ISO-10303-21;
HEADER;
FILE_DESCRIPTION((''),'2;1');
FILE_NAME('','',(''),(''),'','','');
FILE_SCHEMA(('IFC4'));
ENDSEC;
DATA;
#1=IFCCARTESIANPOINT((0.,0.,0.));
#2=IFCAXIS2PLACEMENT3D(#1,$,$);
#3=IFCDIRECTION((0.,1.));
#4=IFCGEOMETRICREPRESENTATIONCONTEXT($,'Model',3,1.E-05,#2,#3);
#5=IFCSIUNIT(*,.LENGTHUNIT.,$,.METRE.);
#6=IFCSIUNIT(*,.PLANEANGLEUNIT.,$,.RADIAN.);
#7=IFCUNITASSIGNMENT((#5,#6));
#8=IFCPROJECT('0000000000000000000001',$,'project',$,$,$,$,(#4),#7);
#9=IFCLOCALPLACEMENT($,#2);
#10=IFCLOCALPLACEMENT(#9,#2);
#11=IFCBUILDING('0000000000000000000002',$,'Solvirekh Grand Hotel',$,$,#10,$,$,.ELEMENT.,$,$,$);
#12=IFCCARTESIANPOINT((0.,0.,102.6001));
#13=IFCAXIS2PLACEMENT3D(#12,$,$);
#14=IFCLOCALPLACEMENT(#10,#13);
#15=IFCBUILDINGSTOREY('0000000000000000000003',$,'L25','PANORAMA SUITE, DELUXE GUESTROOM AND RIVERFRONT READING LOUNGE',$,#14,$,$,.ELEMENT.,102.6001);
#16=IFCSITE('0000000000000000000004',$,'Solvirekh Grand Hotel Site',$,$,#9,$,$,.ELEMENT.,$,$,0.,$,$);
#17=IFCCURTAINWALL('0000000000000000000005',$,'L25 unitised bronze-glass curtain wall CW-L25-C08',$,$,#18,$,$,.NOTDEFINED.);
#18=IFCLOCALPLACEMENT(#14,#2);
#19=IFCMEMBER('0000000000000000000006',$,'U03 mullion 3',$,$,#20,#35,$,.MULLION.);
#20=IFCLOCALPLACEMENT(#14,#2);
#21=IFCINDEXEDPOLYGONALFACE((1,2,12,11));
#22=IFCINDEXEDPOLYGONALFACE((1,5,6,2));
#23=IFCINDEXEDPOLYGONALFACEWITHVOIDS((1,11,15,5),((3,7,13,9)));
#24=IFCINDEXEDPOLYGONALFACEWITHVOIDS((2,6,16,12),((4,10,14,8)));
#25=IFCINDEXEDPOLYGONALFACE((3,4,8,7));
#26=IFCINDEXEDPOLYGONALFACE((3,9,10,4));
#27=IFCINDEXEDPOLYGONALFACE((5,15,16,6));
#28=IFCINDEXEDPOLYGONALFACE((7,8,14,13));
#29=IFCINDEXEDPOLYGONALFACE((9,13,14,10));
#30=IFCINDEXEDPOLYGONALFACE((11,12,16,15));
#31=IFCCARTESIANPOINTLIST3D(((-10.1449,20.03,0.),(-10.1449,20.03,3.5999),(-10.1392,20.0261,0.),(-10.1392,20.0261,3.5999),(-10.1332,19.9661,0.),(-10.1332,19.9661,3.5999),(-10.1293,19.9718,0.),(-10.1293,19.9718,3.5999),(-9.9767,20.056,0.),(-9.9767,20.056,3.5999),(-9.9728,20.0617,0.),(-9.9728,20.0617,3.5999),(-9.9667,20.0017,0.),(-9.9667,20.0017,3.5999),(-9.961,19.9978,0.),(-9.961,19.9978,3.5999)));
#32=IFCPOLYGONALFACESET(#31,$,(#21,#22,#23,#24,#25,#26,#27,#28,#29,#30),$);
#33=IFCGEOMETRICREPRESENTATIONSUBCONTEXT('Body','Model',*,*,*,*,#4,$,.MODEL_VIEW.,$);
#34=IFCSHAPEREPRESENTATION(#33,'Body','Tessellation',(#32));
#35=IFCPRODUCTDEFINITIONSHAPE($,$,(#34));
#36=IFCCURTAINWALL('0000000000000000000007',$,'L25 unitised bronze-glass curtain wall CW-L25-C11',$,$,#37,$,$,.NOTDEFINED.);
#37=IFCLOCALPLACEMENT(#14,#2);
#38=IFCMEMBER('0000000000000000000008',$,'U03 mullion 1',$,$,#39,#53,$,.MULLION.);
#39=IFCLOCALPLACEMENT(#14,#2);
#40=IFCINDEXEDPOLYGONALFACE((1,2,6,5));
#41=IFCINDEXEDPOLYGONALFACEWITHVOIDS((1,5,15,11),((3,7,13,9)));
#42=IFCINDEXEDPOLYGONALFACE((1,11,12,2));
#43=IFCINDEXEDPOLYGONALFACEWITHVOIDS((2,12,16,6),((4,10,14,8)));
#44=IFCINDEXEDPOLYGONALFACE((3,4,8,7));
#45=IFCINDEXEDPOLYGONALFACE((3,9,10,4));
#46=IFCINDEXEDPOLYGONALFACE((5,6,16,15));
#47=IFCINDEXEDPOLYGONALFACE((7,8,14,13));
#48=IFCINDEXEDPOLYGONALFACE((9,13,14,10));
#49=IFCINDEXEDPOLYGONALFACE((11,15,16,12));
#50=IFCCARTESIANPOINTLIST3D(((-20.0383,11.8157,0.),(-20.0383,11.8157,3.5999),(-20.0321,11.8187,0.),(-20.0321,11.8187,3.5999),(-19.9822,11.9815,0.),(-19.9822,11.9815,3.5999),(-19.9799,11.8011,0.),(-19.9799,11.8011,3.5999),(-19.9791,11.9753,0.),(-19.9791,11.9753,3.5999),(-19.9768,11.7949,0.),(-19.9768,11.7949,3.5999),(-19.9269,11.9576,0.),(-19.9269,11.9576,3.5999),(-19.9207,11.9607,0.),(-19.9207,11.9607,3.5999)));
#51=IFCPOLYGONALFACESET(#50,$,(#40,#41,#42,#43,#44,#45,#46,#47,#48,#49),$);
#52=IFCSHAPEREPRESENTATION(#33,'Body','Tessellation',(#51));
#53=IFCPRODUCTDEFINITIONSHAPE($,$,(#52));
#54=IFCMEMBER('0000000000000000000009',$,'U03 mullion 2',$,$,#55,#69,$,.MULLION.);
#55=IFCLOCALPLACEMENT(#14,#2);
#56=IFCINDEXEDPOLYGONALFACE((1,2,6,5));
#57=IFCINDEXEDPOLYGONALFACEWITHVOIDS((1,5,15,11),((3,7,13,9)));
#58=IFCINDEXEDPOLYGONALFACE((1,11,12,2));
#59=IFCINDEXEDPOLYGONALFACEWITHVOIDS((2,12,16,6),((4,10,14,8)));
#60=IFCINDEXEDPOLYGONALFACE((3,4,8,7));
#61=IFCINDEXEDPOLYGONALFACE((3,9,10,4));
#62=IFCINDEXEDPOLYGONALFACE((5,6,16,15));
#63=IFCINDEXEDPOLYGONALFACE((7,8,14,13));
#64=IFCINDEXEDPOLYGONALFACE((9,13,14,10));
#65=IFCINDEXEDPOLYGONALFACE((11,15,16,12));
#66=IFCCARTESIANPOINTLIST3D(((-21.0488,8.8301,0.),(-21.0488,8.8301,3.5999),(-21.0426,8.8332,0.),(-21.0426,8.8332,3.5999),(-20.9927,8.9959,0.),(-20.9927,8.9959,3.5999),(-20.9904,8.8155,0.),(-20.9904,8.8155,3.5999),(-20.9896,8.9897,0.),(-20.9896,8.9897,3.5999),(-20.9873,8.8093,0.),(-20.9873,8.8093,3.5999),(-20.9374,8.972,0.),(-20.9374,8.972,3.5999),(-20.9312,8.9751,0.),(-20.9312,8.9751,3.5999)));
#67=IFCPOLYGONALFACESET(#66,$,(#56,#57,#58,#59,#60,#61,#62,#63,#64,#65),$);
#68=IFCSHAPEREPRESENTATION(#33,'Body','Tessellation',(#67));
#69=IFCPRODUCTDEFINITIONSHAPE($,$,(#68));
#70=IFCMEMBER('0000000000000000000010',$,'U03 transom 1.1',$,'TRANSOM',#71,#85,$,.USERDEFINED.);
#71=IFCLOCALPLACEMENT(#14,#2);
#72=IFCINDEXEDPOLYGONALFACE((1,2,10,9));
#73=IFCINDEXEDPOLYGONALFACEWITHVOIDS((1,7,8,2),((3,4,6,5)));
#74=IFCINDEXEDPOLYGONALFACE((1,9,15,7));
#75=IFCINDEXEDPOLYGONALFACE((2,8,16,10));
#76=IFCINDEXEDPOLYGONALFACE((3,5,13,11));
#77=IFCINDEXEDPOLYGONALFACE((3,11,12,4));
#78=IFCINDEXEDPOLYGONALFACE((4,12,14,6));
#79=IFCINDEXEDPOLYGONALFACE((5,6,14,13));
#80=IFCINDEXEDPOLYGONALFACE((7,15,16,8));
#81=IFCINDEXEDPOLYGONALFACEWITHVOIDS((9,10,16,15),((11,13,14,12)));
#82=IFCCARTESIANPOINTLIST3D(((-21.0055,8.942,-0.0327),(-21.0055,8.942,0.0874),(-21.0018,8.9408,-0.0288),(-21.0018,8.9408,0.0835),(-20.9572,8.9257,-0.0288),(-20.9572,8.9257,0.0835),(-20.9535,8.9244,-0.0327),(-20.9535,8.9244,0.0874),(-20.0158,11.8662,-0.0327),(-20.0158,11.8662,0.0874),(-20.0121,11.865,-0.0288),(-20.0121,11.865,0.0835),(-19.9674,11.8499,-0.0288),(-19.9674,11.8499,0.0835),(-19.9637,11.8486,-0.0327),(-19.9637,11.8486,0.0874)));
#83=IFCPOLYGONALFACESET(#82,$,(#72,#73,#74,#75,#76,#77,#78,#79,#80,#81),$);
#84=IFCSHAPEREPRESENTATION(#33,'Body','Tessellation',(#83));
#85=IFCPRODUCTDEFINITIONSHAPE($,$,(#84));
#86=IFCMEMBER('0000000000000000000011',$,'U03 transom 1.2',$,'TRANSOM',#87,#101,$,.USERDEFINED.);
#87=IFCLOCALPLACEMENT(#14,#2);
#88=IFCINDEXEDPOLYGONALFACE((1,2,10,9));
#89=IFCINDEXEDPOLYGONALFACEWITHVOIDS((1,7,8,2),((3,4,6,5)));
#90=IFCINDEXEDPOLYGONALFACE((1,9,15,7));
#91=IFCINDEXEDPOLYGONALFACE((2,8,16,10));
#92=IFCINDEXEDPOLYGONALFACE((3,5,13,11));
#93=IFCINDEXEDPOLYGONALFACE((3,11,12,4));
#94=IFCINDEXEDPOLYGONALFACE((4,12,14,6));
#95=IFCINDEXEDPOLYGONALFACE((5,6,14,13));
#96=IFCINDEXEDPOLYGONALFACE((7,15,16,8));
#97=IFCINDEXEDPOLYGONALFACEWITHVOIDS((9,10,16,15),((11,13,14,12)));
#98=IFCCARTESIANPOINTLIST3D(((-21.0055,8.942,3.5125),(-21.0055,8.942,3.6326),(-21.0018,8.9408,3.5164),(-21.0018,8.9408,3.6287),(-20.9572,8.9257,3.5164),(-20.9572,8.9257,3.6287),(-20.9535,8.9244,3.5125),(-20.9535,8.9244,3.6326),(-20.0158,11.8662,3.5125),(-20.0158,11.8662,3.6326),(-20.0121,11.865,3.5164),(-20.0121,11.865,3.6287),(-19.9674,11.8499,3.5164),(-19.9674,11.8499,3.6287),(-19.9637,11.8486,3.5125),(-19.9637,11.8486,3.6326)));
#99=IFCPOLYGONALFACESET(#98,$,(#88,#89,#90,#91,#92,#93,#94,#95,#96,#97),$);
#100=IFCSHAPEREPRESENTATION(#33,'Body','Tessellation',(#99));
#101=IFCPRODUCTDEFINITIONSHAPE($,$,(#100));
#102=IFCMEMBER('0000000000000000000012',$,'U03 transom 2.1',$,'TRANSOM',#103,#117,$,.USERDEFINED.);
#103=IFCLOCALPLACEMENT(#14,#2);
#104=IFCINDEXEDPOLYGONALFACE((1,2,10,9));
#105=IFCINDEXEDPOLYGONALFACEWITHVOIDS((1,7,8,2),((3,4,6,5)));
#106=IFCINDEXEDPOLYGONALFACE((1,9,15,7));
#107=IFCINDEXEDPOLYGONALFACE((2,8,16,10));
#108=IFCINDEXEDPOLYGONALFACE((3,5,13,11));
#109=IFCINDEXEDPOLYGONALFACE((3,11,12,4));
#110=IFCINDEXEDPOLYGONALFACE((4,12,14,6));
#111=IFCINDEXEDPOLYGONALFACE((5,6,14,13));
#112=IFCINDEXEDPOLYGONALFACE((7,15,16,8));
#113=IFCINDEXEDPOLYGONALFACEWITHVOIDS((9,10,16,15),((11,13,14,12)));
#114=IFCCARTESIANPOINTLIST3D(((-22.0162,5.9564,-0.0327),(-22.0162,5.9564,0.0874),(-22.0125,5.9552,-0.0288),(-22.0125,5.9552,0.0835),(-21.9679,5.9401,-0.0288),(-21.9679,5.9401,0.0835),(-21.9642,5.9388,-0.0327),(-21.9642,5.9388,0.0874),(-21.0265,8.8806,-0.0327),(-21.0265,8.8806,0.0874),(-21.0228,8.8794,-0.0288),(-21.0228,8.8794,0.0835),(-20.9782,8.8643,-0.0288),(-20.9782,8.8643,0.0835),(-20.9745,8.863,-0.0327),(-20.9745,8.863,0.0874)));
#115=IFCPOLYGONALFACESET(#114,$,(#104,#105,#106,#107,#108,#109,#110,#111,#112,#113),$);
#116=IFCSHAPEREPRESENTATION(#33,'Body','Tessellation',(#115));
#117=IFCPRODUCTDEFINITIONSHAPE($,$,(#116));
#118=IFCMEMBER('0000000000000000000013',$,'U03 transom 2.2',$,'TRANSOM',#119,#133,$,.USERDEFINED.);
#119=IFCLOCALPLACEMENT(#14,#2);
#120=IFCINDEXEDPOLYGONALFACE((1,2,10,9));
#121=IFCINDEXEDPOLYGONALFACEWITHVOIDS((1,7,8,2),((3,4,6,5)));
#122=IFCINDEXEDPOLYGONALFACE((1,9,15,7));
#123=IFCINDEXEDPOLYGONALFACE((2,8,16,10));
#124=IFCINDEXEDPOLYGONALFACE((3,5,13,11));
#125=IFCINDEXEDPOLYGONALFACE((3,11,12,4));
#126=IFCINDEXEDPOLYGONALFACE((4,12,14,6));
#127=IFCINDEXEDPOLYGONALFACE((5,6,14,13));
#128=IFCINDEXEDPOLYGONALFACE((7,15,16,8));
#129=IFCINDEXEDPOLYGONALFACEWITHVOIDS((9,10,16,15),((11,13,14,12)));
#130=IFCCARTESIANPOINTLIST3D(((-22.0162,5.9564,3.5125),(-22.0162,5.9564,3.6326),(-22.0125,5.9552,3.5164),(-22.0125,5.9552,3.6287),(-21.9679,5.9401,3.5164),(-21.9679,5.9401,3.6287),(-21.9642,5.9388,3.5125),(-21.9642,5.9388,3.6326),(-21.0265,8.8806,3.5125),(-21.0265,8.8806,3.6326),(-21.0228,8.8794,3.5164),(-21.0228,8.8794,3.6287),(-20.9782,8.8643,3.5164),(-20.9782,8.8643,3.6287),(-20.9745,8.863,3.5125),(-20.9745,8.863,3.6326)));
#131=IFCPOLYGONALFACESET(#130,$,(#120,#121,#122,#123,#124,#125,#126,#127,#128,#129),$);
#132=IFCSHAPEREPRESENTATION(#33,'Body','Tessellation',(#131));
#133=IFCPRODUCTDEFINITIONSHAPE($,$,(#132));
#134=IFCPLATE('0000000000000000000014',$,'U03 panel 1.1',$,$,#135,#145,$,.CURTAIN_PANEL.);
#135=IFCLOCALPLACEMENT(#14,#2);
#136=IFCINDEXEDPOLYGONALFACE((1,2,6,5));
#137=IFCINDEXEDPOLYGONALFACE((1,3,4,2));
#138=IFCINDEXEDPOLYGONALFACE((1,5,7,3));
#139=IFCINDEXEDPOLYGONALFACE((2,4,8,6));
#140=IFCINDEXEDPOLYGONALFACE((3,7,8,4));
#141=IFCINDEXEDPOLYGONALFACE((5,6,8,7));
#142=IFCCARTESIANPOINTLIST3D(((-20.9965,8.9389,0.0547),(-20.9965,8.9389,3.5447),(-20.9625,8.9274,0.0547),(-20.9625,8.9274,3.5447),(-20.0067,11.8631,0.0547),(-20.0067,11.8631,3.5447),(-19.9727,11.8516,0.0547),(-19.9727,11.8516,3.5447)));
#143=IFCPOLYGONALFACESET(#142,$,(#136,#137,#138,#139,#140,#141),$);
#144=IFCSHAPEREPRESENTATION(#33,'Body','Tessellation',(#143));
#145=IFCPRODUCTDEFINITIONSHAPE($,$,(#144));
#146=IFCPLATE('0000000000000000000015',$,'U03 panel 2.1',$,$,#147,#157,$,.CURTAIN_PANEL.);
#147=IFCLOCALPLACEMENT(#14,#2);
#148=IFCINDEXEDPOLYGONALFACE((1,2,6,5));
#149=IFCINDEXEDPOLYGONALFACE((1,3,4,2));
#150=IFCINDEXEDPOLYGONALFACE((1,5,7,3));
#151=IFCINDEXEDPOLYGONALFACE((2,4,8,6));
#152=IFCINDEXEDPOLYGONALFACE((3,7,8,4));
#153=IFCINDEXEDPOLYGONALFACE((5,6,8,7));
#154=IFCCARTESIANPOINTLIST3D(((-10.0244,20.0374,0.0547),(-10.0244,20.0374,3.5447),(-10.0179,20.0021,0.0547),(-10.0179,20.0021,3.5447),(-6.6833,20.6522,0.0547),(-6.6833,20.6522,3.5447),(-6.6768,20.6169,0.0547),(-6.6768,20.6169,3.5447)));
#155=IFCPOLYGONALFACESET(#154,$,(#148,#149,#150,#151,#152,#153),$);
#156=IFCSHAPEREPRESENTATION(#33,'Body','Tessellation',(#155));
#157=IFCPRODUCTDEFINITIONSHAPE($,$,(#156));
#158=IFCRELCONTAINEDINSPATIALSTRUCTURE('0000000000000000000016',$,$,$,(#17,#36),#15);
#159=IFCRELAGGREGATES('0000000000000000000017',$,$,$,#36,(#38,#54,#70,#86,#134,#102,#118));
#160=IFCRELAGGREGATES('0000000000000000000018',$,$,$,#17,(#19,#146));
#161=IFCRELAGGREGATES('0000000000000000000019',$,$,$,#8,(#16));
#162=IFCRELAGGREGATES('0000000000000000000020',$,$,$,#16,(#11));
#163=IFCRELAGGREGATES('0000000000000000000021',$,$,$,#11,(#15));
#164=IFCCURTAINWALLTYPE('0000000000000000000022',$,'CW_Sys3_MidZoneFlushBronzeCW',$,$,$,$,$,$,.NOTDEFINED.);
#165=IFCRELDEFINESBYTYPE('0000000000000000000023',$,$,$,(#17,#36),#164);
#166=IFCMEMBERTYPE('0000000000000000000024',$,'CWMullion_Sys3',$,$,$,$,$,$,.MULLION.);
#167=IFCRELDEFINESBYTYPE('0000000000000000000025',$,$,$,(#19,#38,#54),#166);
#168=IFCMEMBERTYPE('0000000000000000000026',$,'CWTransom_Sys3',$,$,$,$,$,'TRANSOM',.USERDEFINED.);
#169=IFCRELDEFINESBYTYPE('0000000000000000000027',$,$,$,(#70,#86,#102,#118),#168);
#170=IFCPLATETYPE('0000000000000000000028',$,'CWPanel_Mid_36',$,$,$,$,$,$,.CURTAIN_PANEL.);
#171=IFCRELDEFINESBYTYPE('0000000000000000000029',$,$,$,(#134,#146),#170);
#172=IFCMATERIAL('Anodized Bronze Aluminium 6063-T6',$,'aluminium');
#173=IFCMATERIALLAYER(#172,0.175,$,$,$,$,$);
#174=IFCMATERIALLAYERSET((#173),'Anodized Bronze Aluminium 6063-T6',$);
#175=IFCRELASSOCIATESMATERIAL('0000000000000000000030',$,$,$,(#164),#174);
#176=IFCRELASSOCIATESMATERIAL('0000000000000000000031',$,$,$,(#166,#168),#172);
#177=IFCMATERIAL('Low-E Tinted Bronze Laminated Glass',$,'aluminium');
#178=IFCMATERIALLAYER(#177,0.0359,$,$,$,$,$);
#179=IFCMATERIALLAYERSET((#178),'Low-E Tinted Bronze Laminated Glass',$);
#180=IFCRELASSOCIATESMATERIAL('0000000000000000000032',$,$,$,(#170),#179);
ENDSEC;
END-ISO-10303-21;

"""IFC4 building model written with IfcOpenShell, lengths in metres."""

from ifc_helpers import new_model, si_unit, direction, frame, origin, origin_2d, place, context, subcontext, project, spatial, rectangle, hollow_rectangle, extrude, source, transform, mapped, material, layer, layer_set, material_profile, profile_set, type_object, element, aggregate, save


model = new_model("IFC4")

# Units and contexts
model_context = context("Model", 3, precision=1e-05, world=origin(), true_north=direction((0.0, 1.0)))
body_context = subcontext(model_context, "Body", "Model", "MODEL_VIEW")
ifc_project = project(units=[si_unit("LENGTHUNIT", "METRE"), si_unit("PLANEANGLEUNIT", "RADIAN")], contexts=[model_context])

# Site, building, storey
site_placement = place(None, origin())
site = spatial("IfcSite", under=ifc_project, at=site_placement, Name="Solvirekh Grand Hotel Site", CompositionType="ELEMENT", RefElevation=0.0)
building_placement = place(site_placement, origin())
building = spatial("IfcBuilding", under=site, at=building_placement, Name="Solvirekh Grand Hotel", CompositionType="ELEMENT")
storey_placement = place(building_placement, frame((0.0, 0.0, 102.6001)))
storey = spatial("IfcBuildingStorey", under=building, at=storey_placement, Name="L25", Description="PANORAMA SUITE, DELUXE GUESTROOM AND RIVERFRONT READING LOUNGE", CompositionType="ELEMENT", Elevation=102.6001)

# Curtain wall, member
ifc_material_1 = material(Name="Anodized Bronze Aluminium 6063-T6", Category="aluminium")
ifc_layer_1 = layer(ifc_material_1, 0.175)
ifc_layer_set_1 = layer_set([ifc_layer_1], Name="Anodized Bronze Aluminium 6063-T6")
curtain_wall_type = type_object("IfcCurtainWallType", Name="CW_Sys3_MidZoneFlushBronzeCW", PredefinedType="NOTDEFINED", material=ifc_layer_set_1)
curtain_wall_1_placement = place(storey_placement, origin())
curtain_wall_1 = element("IfcCurtainWall", 1, at=curtain_wall_1_placement, inside=storey, type_object=curtain_wall_type, Name="L25 unitised bronze-glass curtain wall CW-L25-C08", PredefinedType="NOTDEFINED")
ifc_material_profile_1 = material_profile(ifc_material_1, hollow_rectangle(XDim=0.0649, YDim=0.175, WallThickness=0.0049, at=origin_2d()), Name="ALU RHS 175X65X5")
ifc_profile_set_1 = profile_set([ifc_material_profile_1], Name="Anodized Bronze Aluminium 6063-T6")
member_type_1 = type_object("IfcMemberType", Name="CWMullion_Sys3", PredefinedType="MULLION", material=ifc_profile_set_1)
shared_shape_1 = source(origin(), body_context, "Body", "SweptSolid", [
    extrude(hollow_rectangle(XDim=0.0649, YDim=0.175, WallThickness=0.0049, at=origin_2d()), origin(), (0.0, 0.0, 1.0), 3.5999),
])
member_1_placement = place(storey_placement, frame((-10.053, 20.0139, 0.0), z_axis=(0.0, 0.0, 1.0), x_axis=(0.180988, -0.983485, 0.0)))
member_1 = element("IfcMember", 2, at=member_1_placement, type_object=member_type_1, Name="U03 mullion 3", PredefinedType="MULLION", context=body_context, shape_type="MappedRepresentation", body=[
    mapped(shared_shape_1, transform((0.0, 0.0, 0.0), x_axis=(1.0, 0.0, 0.0), y_axis=(0.0, 1.0, 0.0), z_axis=(0.0, 0.0, 1.0), scale=1.0)),
])

# Curtain wall, members, plate
curtain_wall_2_placement = place(storey_placement, origin())
curtain_wall_2 = element("IfcCurtainWall", 3, at=curtain_wall_2_placement, inside=storey, type_object=curtain_wall_type, Name="L25 unitised bronze-glass curtain wall CW-L25-C11", PredefinedType="NOTDEFINED")
member_2_placement = place(storey_placement, frame((-19.9795, 11.8882, 0.0), z_axis=(0.0, 0.0, 1.0), x_axis=(0.947213, -0.320605, 0.0)))
member_2 = element("IfcMember", 4, at=member_2_placement, type_object=member_type_1, Name="U03 mullion 1", PredefinedType="MULLION", context=body_context, shape_type="MappedRepresentation", body=[
    mapped(shared_shape_1, transform((0.0, 0.0, 0.0), x_axis=(1.0, 0.0, 0.0), y_axis=(0.0, 1.0, 0.0), z_axis=(0.0, 0.0, 1.0), scale=1.0)),
])
member_3_placement = place(storey_placement, frame((-20.99, 8.9026, 0.0), z_axis=(0.0, 0.0, 1.0), x_axis=(0.947213, -0.320605, 0.0)))
member_3 = element("IfcMember", 5, at=member_3_placement, type_object=member_type_1, Name="U03 mullion 2", PredefinedType="MULLION", context=body_context, shape_type="MappedRepresentation", body=[
    mapped(shared_shape_1, transform((0.0, 0.0, 0.0), x_axis=(1.0, 0.0, 0.0), y_axis=(0.0, 1.0, 0.0), z_axis=(0.0, 0.0, 1.0), scale=1.0)),
])
ifc_material_profile_2 = material_profile(ifc_material_1, hollow_rectangle(XDim=0.0549, YDim=0.1201, WallThickness=0.0039, at=origin_2d()), Name="ALU RHS 120X55X4")
ifc_profile_set_2 = profile_set([ifc_material_profile_2], Name="Anodized Bronze Aluminium 6063-T6")
member_type_2 = type_object("IfcMemberType", Name="CWTransom_Sys3", ElementType="TRANSOM", PredefinedType="USERDEFINED", material=ifc_profile_set_2)
shared_shape_2 = source(origin(), body_context, "Body", "SweptSolid", [
    extrude(hollow_rectangle(XDim=0.0549, YDim=0.1201, WallThickness=0.0039, at=origin_2d()), origin(), (0.0, 0.0, 1.0), 3.0872),
])
member_4_placement = place(storey_placement, frame((-19.9897, 11.8574, 0.0273), z_axis=(-0.320614, -0.94721, 0.0), x_axis=(0.94721, -0.320614, 0.0)))
member_4 = element("IfcMember", 6, at=member_4_placement, type_object=member_type_2, Name="U03 transom 1.1", ObjectType="TRANSOM", PredefinedType="USERDEFINED", context=body_context, shape_type="MappedRepresentation", body=[
    mapped(shared_shape_2, transform((0.0, 0.0, 0.0), x_axis=(1.0, 0.0, 0.0), y_axis=(0.0, 1.0, 0.0), z_axis=(0.0, 0.0, 1.0), scale=1.0)),
])
member_5_placement = place(storey_placement, frame((-19.9897, 11.8574, 3.5725), z_axis=(-0.320614, -0.94721, 0.0), x_axis=(0.94721, -0.320614, 0.0)))
member_5 = element("IfcMember", 7, at=member_5_placement, type_object=member_type_2, Name="U03 transom 1.2", ObjectType="TRANSOM", PredefinedType="USERDEFINED", context=body_context, shape_type="MappedRepresentation", body=[
    mapped(shared_shape_2, transform((0.0, 0.0, 0.0), x_axis=(1.0, 0.0, 0.0), y_axis=(0.0, 1.0, 0.0), z_axis=(0.0, 0.0, 1.0), scale=1.0)),
])
member_6_placement = place(storey_placement, frame((-21.0005, 8.8718, 0.0273), z_axis=(-0.32059, -0.947218, 0.0), x_axis=(0.947218, -0.32059, 0.0)))
member_6 = element("IfcMember", 8, at=member_6_placement, type_object=member_type_2, Name="U03 transom 2.1", ObjectType="TRANSOM", PredefinedType="USERDEFINED", context=body_context, shape_type="MappedRepresentation", body=[
    mapped(shared_shape_2, transform((0.0, 0.0, 0.0), x_axis=(1.0, 0.0, 0.0), y_axis=(0.0, 1.0, 0.0), z_axis=(0.0, 0.0, 1.0), scale=1.0)),
])
member_7_placement = place(storey_placement, frame((-21.0005, 8.8718, 3.5725), z_axis=(-0.32059, -0.947218, 0.0), x_axis=(0.947218, -0.32059, 0.0)))
member_7 = element("IfcMember", 9, at=member_7_placement, type_object=member_type_2, Name="U03 transom 2.2", ObjectType="TRANSOM", PredefinedType="USERDEFINED", context=body_context, shape_type="MappedRepresentation", body=[
    mapped(shared_shape_2, transform((0.0, 0.0, 0.0), x_axis=(1.0, 0.0, 0.0), y_axis=(0.0, 1.0, 0.0), z_axis=(0.0, 0.0, 1.0), scale=1.0)),
])
ifc_material_2 = material(Name="Low-E Tinted Bronze Laminated Glass", Category="aluminium")
ifc_layer_2 = layer(ifc_material_2, 0.0359)
ifc_layer_set_2 = layer_set([ifc_layer_2], Name="Low-E Tinted Bronze Laminated Glass")
plate_type = type_object("IfcPlateType", Name="CWPanel_Mid_36", PredefinedType="CURTAIN_PANEL", material=ifc_layer_set_2)
shared_shape_3 = source(origin(), body_context, "Body", "SweptSolid", [
    extrude(rectangle(XDim=3.0872, YDim=0.0359, at=origin_2d()), origin(), (0.0, 0.0, 1.0), 3.49),
])
plate_1_placement = place(storey_placement, frame((-20.4846, 10.3953, 0.0547), z_axis=(0.0, 0.0, 1.0), x_axis=(-0.320605, -0.947213, 0.0)))
plate_1 = element("IfcPlate", 10, at=plate_1_placement, type_object=plate_type, Name="U03 panel 1.1", PredefinedType="CURTAIN_PANEL", context=body_context, shape_type="MappedRepresentation", body=[
    mapped(shared_shape_3, transform((0.0, 0.0, 0.0), x_axis=(1.0, 0.0, 0.0), y_axis=(0.0, 1.0, 0.0), z_axis=(0.0, 0.0, 1.0), scale=1.0)),
])
aggregate(curtain_wall_2, [member_2, member_3, member_4, member_5, plate_1, member_6, member_7])

# Plate
shared_shape_4 = source(origin(), body_context, "Body", "SweptSolid", [
    extrude(rectangle(XDim=3.3972, YDim=0.0359, at=origin_2d()), origin(), (0.0, 0.0, 1.0), 3.49),
])
plate_2_placement = place(storey_placement, frame((-8.3506, 20.3271, 0.0547), z_axis=(0.0, 0.0, 1.0), x_axis=(-0.983485, -0.180988, 0.0)))
plate_2 = element("IfcPlate", 11, at=plate_2_placement, type_object=plate_type, Name="U03 panel 2.1", PredefinedType="CURTAIN_PANEL", context=body_context, shape_type="MappedRepresentation", body=[
    mapped(shared_shape_4, transform((0.0, 0.0, 0.0), x_axis=(1.0, 0.0, 0.0), y_axis=(0.0, 1.0, 0.0), z_axis=(0.0, 0.0, 1.0), scale=1.0)),
])
aggregate(curtain_wall_1, [member_1, plate_2])

save(model, "model.ifc")
